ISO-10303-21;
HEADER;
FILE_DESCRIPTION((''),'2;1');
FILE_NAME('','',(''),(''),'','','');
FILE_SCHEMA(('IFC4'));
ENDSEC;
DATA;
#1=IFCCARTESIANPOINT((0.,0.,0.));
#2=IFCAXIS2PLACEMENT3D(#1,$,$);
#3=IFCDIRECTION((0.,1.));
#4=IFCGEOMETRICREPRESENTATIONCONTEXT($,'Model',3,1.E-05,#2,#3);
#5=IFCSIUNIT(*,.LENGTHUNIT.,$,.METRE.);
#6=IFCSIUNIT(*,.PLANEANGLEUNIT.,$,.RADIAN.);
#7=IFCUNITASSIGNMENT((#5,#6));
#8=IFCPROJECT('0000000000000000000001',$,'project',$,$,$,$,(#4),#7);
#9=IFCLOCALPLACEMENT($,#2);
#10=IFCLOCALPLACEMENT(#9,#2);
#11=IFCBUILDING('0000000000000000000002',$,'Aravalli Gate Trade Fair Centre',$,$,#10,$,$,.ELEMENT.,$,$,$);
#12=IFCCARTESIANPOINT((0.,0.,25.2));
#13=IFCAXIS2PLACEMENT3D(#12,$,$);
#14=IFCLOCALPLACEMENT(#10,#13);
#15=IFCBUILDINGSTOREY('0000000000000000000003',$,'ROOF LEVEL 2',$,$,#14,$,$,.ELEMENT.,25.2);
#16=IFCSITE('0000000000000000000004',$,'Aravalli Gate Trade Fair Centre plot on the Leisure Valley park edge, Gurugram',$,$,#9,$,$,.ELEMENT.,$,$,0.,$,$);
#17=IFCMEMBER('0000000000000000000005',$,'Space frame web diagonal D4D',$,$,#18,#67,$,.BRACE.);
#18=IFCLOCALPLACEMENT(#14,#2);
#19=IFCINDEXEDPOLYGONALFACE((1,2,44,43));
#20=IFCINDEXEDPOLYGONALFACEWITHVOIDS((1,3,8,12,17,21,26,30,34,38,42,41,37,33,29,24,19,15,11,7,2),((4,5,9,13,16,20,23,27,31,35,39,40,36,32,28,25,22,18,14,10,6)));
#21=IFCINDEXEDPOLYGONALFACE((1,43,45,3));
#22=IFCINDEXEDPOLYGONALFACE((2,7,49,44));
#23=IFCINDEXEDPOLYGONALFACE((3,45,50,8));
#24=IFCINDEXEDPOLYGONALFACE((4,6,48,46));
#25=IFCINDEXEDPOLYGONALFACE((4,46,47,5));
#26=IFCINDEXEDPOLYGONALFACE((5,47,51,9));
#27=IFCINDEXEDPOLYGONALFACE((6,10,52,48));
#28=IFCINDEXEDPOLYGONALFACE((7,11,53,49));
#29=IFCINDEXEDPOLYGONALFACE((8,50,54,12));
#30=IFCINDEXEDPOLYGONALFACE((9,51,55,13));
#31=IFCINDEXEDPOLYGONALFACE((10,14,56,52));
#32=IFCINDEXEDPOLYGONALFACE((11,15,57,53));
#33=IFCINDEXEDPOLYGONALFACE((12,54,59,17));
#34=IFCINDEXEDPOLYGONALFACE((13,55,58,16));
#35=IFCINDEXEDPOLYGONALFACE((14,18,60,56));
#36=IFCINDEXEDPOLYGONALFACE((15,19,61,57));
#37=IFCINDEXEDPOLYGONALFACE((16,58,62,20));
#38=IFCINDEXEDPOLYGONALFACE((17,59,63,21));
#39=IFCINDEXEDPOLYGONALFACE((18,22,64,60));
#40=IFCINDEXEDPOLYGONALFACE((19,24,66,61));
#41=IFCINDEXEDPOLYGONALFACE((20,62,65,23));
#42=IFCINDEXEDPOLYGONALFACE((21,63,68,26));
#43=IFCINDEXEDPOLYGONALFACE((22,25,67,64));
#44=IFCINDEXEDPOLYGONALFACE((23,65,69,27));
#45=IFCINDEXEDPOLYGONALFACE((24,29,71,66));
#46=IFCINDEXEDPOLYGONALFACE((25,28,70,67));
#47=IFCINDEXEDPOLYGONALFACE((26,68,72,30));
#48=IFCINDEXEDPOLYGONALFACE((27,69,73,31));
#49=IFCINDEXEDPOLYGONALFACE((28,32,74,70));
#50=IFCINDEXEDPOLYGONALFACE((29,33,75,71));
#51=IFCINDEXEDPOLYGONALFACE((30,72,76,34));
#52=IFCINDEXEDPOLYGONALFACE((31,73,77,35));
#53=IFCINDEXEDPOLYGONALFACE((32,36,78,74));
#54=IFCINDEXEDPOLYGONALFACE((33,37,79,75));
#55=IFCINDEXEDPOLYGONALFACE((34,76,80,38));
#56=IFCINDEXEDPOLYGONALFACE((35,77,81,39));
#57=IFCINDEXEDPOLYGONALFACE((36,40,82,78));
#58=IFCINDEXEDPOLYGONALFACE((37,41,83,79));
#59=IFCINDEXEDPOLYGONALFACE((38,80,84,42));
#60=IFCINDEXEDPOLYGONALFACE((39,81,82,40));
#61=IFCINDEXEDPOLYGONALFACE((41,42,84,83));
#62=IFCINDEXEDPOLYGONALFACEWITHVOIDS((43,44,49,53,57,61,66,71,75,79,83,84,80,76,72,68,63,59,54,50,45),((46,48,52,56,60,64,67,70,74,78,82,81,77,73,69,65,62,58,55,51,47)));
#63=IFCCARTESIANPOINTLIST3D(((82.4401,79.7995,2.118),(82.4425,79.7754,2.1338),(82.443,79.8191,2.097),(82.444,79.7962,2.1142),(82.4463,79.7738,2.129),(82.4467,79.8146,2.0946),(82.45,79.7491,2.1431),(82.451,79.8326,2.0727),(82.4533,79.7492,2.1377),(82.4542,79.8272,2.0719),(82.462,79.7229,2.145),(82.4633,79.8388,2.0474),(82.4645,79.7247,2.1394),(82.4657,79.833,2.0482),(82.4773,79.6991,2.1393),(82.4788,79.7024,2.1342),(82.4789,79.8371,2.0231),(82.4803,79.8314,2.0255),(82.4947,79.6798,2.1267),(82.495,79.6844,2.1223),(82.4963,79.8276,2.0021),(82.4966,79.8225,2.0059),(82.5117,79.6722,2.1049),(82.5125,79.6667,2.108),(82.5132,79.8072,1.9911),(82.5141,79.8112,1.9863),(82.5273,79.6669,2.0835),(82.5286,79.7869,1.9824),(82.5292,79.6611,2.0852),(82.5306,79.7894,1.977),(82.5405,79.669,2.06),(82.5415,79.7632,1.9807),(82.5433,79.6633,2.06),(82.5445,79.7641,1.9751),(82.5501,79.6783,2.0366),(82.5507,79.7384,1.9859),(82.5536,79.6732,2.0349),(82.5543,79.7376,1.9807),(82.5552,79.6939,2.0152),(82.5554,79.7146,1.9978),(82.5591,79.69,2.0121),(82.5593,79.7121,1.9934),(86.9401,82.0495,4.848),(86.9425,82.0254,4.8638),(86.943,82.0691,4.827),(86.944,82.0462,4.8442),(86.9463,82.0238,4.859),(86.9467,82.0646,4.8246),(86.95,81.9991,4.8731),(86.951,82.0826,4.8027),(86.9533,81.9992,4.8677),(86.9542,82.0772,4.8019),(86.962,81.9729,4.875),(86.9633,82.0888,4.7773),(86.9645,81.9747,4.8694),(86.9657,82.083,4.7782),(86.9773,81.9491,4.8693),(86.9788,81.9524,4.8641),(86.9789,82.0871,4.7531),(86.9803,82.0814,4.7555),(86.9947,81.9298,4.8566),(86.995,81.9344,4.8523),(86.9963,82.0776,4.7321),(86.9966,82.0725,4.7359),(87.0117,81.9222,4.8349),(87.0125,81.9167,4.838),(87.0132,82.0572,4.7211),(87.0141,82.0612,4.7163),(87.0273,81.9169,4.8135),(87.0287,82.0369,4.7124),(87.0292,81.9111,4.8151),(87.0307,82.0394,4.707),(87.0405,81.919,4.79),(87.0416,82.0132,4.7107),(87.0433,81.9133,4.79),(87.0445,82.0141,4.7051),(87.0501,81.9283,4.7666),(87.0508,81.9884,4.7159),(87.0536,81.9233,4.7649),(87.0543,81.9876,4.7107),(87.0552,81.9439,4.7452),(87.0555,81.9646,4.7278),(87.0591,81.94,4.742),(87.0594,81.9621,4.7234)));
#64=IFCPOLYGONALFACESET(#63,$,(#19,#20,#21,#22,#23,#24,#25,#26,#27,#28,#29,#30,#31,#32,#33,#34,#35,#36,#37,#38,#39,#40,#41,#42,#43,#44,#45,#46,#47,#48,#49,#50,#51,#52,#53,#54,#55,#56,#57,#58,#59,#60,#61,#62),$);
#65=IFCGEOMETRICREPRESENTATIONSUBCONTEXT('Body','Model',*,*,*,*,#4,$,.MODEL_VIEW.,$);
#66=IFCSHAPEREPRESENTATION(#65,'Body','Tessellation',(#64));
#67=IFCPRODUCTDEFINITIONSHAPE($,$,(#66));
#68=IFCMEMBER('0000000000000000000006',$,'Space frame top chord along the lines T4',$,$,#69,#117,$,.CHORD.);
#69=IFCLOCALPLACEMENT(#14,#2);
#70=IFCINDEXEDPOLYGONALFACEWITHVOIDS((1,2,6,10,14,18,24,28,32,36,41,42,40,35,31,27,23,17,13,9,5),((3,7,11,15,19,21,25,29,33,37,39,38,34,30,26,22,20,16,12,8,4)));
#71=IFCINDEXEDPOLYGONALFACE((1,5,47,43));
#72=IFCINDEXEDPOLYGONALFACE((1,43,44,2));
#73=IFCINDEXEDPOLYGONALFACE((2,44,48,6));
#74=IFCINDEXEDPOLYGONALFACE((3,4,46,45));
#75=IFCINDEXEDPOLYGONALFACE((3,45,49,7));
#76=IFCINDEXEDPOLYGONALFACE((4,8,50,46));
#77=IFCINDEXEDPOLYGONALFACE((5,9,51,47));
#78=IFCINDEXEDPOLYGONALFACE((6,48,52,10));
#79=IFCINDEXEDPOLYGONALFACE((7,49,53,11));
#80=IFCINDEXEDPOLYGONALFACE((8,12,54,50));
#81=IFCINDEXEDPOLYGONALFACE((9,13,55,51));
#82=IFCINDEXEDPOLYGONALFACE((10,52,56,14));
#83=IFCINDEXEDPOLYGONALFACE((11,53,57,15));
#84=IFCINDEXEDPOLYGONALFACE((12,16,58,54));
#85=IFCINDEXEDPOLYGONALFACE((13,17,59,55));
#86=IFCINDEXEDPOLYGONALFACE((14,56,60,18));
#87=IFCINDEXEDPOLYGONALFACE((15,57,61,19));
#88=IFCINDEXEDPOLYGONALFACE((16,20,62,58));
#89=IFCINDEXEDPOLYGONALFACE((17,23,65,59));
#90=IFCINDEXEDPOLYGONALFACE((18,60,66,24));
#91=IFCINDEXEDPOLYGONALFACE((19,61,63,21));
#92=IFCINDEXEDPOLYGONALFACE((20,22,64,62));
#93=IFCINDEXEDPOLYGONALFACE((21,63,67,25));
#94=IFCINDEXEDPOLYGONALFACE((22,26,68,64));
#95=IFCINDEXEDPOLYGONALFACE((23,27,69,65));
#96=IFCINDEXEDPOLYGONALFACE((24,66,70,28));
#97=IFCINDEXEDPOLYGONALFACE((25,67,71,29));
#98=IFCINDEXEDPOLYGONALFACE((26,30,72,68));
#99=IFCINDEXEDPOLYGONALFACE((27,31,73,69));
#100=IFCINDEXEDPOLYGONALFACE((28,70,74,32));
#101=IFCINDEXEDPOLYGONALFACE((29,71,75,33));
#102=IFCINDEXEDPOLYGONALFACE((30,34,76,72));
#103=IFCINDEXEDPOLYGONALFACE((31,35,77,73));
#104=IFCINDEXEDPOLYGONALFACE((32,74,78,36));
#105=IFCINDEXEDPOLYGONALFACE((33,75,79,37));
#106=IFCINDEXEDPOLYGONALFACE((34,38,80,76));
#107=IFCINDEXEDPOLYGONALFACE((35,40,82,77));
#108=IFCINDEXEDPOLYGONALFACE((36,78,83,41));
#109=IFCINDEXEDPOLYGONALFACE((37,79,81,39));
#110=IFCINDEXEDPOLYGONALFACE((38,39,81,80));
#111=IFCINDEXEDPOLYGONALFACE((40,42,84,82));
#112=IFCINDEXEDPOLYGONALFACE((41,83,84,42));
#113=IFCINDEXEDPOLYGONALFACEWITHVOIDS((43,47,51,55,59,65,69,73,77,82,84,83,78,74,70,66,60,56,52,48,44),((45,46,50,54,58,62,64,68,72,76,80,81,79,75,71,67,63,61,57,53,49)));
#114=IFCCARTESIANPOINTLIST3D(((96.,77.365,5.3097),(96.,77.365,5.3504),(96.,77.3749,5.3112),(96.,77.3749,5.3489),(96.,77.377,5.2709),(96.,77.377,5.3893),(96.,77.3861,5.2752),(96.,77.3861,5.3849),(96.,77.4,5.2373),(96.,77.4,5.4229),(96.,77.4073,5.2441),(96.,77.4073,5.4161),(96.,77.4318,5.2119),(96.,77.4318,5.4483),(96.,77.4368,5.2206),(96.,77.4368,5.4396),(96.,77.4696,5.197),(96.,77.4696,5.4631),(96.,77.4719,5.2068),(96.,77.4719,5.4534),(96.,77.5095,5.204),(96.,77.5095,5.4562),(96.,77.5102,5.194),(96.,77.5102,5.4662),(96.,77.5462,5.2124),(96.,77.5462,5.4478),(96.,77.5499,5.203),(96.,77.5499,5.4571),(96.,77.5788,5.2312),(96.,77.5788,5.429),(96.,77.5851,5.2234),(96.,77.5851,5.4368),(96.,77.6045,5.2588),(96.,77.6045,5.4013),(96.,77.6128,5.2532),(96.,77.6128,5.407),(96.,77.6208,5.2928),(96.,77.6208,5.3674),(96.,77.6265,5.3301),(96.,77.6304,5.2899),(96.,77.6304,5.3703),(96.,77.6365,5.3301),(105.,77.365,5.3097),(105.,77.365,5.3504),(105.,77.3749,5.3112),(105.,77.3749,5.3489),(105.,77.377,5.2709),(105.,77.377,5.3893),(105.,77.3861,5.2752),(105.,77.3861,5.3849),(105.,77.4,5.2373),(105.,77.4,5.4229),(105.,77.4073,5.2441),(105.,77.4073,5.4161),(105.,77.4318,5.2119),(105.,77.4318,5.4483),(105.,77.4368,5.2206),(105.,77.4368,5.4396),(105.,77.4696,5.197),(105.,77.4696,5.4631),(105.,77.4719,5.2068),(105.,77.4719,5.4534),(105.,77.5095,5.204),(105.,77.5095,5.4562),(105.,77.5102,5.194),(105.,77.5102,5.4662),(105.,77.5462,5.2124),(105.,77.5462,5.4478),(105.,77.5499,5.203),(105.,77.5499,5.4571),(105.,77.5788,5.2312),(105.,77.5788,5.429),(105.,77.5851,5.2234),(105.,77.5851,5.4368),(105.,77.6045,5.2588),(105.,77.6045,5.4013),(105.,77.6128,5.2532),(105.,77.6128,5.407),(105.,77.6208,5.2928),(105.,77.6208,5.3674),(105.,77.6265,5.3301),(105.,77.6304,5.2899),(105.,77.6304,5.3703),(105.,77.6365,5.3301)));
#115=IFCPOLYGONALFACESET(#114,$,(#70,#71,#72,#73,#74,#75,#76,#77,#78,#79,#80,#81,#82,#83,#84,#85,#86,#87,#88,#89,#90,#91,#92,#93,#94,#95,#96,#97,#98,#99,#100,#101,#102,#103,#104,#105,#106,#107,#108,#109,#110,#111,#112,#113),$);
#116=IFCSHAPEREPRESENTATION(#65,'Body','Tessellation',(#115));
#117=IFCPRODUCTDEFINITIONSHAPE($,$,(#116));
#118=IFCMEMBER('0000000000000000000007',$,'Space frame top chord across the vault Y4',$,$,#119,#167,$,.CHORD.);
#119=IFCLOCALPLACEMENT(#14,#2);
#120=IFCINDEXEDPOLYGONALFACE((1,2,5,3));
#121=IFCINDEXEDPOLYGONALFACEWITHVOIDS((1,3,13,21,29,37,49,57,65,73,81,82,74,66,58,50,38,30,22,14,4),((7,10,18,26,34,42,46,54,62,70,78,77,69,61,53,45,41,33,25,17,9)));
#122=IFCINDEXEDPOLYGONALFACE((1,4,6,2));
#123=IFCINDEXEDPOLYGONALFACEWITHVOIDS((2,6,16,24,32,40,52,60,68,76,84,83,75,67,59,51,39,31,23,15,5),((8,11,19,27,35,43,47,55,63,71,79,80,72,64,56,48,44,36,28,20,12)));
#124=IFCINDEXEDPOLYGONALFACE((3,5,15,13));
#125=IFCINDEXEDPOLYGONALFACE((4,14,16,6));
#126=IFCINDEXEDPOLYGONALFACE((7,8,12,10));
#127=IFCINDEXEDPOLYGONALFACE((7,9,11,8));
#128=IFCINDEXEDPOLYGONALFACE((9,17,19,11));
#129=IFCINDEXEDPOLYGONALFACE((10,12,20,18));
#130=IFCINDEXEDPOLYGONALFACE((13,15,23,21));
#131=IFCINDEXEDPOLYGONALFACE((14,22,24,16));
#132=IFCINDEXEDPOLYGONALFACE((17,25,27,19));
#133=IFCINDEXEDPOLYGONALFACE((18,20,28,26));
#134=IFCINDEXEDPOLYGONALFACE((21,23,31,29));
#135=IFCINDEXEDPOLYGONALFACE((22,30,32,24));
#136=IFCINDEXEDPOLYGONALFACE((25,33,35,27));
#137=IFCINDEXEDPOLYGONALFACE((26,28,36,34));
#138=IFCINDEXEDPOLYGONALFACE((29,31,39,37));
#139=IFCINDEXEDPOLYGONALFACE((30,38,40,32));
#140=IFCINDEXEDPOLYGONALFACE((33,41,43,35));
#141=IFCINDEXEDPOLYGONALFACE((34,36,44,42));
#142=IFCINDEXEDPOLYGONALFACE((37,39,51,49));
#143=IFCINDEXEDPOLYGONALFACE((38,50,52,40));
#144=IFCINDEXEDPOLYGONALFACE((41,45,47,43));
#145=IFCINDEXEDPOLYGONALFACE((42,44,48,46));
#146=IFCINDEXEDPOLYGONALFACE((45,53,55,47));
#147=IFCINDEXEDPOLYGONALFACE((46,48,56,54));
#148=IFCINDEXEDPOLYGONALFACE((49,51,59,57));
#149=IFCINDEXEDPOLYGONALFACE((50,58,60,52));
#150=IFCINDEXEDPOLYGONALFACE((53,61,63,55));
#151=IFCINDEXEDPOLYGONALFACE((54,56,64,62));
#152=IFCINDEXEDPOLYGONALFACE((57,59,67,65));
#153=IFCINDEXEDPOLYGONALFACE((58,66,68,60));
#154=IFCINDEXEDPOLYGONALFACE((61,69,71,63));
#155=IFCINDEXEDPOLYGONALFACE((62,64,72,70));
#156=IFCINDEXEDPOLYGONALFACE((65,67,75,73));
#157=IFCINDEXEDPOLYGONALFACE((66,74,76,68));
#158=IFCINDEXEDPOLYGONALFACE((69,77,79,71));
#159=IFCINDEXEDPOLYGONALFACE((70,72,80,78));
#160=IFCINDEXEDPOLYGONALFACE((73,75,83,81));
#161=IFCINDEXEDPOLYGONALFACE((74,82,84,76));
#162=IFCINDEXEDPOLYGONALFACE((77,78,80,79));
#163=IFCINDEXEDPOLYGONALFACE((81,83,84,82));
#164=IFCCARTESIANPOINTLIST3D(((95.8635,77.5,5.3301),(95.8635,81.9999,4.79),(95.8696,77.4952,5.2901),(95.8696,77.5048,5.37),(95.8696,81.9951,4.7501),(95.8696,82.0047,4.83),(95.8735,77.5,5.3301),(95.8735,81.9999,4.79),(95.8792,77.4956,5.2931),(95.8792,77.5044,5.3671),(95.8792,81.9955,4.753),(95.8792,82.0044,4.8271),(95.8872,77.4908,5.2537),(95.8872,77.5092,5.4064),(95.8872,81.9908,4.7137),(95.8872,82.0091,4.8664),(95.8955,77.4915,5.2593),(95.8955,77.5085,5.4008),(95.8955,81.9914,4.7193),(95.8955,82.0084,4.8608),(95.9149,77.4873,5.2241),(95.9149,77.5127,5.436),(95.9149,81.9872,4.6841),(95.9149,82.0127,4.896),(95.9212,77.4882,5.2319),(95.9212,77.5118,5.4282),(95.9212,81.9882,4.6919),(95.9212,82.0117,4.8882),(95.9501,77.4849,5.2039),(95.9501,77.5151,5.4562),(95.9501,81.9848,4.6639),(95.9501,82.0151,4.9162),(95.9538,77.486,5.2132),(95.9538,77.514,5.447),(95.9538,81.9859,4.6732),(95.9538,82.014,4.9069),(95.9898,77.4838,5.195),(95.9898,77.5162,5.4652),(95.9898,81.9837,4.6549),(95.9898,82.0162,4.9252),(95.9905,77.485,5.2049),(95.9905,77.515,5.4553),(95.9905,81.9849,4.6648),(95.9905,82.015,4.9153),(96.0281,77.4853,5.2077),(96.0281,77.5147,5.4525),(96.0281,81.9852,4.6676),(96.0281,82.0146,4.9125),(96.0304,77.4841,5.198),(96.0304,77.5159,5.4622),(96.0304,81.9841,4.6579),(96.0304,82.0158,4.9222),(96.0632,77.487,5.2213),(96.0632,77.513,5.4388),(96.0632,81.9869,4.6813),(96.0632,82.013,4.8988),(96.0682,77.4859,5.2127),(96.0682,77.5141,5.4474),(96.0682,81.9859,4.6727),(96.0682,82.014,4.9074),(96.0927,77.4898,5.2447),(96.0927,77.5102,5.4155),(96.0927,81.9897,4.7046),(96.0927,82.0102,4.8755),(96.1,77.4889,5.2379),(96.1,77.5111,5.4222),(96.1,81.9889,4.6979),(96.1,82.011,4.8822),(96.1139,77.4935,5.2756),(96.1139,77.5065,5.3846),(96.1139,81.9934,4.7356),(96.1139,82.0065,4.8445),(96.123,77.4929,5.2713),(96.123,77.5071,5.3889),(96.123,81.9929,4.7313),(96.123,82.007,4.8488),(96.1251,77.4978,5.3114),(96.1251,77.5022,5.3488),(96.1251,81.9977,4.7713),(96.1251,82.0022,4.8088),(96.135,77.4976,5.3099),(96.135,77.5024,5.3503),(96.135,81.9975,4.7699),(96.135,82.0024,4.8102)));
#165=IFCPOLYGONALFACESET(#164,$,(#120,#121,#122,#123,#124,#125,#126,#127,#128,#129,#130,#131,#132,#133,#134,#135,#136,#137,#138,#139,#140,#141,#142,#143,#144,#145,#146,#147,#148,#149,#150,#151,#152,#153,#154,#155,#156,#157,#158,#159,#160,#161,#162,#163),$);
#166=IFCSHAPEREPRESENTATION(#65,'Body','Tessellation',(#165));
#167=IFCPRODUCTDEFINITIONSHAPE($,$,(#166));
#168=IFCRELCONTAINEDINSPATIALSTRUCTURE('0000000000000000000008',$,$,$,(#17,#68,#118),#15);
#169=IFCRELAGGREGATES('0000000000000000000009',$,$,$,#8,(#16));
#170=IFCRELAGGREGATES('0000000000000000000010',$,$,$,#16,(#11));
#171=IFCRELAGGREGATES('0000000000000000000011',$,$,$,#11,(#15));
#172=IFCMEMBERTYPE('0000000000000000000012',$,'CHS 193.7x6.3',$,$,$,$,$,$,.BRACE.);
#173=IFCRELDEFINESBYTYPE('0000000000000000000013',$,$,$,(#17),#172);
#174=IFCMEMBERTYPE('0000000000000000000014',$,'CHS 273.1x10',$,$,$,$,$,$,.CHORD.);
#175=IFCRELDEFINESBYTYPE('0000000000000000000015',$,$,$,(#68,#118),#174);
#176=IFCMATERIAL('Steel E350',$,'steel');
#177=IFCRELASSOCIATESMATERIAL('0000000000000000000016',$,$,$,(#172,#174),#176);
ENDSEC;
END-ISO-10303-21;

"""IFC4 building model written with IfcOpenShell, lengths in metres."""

from ifc_helpers import new_model, si_unit, direction, frame, origin, origin_2d, place, context, subcontext, project, spatial, hollow_circle, extrude, material, material_profile, profile_set, type_object, element, save


model = new_model("IFC4")

# Units and contexts
model_context = context("Model", 3, precision=1e-05, world=origin(), true_north=direction((0.0, 1.0)))
body_context = subcontext(model_context, "Body", "Model", "MODEL_VIEW")
ifc_project = project(units=[si_unit("LENGTHUNIT", "METRE"), si_unit("PLANEANGLEUNIT", "RADIAN")], contexts=[model_context])

# Site, building, storey
site_placement = place(None, origin())
site = spatial("IfcSite", under=ifc_project, at=site_placement, Name="Aravalli Gate Trade Fair Centre plot on the Leisure Valley park edge, Gurugram", CompositionType="ELEMENT", RefElevation=0.0)
building_placement = place(site_placement, origin())
building = spatial("IfcBuilding", under=site, at=building_placement, Name="Aravalli Gate Trade Fair Centre", CompositionType="ELEMENT")
storey_placement = place(building_placement, frame((0.0, 0.0, 25.2)))
storey = spatial("IfcBuildingStorey", under=building, at=storey_placement, Name="ROOF LEVEL 2", CompositionType="ELEMENT", Elevation=25.2)

# Members
ifc_material = material(Name="Steel E350", Category="steel")
ifc_material_profile_1 = material_profile(ifc_material, hollow_circle(Radius=0.0969, WallThickness=0.0063, at=origin_2d()), Name="CHS 193.7x6.3")
ifc_profile_set_1 = profile_set([ifc_material_profile_1], Name="Steel E350")
member_type_1 = type_object("IfcMemberType", Name="CHS 193.7x6.3", PredefinedType="BRACE", material=ifc_profile_set_1)
for number, where, z_axis, x_axis, name in (
    (1, (87.0, 82.0, 4.79), (-0.78615, -0.393075, -0.476928), (0.447214, -0.894427, 0.0), "Space frame web diagonal D4D"),
):
    element("IfcMember", number, at=place(storey_placement, frame(where, z_axis=z_axis, x_axis=x_axis)), inside=storey, type_object=member_type_1, Name=name, PredefinedType="BRACE", context=body_context, shape_type="SweptSolid", body=[
        extrude(hollow_circle(Radius=0.0969, WallThickness=0.0063, at=origin_2d()), origin(), (0.0, 0.0, 1.0), 5.7241),
    ])
ifc_material_profile_2 = material_profile(ifc_material, hollow_circle(Radius=0.1365, WallThickness=0.01, at=origin_2d()), Name="CHS 273.1x10")
ifc_profile_set_2 = profile_set([ifc_material_profile_2], Name="Steel E350")
member_type_2 = type_object("IfcMemberType", Name="CHS 273.1x10", PredefinedType="CHORD", material=ifc_profile_set_2)
member_1_placement = place(storey_placement, frame((96.0, 77.5, 5.3301), z_axis=(1.0, 0.0, 0.0), x_axis=(0.0, 1.0, 0.0)))
element("IfcMember", 2, at=member_1_placement, inside=storey, type_object=member_type_2, Name="Space frame top chord along the lines T4", PredefinedType="CHORD", context=body_context, shape_type="SweptSolid", body=[
    extrude(hollow_circle(Radius=0.1365, WallThickness=0.01, at=origin_2d()), origin(), (0.0, 0.0, 1.0), 9.0),
])
member_2_placement = place(storey_placement, frame((96.0, 77.5, 5.3301), z_axis=(0.0, 0.992876, -0.119154), x_axis=(-1.0, 0.0, 0.0)))
element("IfcMember", 3, at=member_2_placement, inside=storey, type_object=member_type_2, Name="Space frame top chord across the vault Y4", PredefinedType="CHORD", context=body_context, shape_type="SweptSolid", body=[
    extrude(hollow_circle(Radius=0.1365, WallThickness=0.01, at=origin_2d()), origin(), (0.0, 0.0, 1.0), 4.5322),
])

save(model, "model.ifc")
